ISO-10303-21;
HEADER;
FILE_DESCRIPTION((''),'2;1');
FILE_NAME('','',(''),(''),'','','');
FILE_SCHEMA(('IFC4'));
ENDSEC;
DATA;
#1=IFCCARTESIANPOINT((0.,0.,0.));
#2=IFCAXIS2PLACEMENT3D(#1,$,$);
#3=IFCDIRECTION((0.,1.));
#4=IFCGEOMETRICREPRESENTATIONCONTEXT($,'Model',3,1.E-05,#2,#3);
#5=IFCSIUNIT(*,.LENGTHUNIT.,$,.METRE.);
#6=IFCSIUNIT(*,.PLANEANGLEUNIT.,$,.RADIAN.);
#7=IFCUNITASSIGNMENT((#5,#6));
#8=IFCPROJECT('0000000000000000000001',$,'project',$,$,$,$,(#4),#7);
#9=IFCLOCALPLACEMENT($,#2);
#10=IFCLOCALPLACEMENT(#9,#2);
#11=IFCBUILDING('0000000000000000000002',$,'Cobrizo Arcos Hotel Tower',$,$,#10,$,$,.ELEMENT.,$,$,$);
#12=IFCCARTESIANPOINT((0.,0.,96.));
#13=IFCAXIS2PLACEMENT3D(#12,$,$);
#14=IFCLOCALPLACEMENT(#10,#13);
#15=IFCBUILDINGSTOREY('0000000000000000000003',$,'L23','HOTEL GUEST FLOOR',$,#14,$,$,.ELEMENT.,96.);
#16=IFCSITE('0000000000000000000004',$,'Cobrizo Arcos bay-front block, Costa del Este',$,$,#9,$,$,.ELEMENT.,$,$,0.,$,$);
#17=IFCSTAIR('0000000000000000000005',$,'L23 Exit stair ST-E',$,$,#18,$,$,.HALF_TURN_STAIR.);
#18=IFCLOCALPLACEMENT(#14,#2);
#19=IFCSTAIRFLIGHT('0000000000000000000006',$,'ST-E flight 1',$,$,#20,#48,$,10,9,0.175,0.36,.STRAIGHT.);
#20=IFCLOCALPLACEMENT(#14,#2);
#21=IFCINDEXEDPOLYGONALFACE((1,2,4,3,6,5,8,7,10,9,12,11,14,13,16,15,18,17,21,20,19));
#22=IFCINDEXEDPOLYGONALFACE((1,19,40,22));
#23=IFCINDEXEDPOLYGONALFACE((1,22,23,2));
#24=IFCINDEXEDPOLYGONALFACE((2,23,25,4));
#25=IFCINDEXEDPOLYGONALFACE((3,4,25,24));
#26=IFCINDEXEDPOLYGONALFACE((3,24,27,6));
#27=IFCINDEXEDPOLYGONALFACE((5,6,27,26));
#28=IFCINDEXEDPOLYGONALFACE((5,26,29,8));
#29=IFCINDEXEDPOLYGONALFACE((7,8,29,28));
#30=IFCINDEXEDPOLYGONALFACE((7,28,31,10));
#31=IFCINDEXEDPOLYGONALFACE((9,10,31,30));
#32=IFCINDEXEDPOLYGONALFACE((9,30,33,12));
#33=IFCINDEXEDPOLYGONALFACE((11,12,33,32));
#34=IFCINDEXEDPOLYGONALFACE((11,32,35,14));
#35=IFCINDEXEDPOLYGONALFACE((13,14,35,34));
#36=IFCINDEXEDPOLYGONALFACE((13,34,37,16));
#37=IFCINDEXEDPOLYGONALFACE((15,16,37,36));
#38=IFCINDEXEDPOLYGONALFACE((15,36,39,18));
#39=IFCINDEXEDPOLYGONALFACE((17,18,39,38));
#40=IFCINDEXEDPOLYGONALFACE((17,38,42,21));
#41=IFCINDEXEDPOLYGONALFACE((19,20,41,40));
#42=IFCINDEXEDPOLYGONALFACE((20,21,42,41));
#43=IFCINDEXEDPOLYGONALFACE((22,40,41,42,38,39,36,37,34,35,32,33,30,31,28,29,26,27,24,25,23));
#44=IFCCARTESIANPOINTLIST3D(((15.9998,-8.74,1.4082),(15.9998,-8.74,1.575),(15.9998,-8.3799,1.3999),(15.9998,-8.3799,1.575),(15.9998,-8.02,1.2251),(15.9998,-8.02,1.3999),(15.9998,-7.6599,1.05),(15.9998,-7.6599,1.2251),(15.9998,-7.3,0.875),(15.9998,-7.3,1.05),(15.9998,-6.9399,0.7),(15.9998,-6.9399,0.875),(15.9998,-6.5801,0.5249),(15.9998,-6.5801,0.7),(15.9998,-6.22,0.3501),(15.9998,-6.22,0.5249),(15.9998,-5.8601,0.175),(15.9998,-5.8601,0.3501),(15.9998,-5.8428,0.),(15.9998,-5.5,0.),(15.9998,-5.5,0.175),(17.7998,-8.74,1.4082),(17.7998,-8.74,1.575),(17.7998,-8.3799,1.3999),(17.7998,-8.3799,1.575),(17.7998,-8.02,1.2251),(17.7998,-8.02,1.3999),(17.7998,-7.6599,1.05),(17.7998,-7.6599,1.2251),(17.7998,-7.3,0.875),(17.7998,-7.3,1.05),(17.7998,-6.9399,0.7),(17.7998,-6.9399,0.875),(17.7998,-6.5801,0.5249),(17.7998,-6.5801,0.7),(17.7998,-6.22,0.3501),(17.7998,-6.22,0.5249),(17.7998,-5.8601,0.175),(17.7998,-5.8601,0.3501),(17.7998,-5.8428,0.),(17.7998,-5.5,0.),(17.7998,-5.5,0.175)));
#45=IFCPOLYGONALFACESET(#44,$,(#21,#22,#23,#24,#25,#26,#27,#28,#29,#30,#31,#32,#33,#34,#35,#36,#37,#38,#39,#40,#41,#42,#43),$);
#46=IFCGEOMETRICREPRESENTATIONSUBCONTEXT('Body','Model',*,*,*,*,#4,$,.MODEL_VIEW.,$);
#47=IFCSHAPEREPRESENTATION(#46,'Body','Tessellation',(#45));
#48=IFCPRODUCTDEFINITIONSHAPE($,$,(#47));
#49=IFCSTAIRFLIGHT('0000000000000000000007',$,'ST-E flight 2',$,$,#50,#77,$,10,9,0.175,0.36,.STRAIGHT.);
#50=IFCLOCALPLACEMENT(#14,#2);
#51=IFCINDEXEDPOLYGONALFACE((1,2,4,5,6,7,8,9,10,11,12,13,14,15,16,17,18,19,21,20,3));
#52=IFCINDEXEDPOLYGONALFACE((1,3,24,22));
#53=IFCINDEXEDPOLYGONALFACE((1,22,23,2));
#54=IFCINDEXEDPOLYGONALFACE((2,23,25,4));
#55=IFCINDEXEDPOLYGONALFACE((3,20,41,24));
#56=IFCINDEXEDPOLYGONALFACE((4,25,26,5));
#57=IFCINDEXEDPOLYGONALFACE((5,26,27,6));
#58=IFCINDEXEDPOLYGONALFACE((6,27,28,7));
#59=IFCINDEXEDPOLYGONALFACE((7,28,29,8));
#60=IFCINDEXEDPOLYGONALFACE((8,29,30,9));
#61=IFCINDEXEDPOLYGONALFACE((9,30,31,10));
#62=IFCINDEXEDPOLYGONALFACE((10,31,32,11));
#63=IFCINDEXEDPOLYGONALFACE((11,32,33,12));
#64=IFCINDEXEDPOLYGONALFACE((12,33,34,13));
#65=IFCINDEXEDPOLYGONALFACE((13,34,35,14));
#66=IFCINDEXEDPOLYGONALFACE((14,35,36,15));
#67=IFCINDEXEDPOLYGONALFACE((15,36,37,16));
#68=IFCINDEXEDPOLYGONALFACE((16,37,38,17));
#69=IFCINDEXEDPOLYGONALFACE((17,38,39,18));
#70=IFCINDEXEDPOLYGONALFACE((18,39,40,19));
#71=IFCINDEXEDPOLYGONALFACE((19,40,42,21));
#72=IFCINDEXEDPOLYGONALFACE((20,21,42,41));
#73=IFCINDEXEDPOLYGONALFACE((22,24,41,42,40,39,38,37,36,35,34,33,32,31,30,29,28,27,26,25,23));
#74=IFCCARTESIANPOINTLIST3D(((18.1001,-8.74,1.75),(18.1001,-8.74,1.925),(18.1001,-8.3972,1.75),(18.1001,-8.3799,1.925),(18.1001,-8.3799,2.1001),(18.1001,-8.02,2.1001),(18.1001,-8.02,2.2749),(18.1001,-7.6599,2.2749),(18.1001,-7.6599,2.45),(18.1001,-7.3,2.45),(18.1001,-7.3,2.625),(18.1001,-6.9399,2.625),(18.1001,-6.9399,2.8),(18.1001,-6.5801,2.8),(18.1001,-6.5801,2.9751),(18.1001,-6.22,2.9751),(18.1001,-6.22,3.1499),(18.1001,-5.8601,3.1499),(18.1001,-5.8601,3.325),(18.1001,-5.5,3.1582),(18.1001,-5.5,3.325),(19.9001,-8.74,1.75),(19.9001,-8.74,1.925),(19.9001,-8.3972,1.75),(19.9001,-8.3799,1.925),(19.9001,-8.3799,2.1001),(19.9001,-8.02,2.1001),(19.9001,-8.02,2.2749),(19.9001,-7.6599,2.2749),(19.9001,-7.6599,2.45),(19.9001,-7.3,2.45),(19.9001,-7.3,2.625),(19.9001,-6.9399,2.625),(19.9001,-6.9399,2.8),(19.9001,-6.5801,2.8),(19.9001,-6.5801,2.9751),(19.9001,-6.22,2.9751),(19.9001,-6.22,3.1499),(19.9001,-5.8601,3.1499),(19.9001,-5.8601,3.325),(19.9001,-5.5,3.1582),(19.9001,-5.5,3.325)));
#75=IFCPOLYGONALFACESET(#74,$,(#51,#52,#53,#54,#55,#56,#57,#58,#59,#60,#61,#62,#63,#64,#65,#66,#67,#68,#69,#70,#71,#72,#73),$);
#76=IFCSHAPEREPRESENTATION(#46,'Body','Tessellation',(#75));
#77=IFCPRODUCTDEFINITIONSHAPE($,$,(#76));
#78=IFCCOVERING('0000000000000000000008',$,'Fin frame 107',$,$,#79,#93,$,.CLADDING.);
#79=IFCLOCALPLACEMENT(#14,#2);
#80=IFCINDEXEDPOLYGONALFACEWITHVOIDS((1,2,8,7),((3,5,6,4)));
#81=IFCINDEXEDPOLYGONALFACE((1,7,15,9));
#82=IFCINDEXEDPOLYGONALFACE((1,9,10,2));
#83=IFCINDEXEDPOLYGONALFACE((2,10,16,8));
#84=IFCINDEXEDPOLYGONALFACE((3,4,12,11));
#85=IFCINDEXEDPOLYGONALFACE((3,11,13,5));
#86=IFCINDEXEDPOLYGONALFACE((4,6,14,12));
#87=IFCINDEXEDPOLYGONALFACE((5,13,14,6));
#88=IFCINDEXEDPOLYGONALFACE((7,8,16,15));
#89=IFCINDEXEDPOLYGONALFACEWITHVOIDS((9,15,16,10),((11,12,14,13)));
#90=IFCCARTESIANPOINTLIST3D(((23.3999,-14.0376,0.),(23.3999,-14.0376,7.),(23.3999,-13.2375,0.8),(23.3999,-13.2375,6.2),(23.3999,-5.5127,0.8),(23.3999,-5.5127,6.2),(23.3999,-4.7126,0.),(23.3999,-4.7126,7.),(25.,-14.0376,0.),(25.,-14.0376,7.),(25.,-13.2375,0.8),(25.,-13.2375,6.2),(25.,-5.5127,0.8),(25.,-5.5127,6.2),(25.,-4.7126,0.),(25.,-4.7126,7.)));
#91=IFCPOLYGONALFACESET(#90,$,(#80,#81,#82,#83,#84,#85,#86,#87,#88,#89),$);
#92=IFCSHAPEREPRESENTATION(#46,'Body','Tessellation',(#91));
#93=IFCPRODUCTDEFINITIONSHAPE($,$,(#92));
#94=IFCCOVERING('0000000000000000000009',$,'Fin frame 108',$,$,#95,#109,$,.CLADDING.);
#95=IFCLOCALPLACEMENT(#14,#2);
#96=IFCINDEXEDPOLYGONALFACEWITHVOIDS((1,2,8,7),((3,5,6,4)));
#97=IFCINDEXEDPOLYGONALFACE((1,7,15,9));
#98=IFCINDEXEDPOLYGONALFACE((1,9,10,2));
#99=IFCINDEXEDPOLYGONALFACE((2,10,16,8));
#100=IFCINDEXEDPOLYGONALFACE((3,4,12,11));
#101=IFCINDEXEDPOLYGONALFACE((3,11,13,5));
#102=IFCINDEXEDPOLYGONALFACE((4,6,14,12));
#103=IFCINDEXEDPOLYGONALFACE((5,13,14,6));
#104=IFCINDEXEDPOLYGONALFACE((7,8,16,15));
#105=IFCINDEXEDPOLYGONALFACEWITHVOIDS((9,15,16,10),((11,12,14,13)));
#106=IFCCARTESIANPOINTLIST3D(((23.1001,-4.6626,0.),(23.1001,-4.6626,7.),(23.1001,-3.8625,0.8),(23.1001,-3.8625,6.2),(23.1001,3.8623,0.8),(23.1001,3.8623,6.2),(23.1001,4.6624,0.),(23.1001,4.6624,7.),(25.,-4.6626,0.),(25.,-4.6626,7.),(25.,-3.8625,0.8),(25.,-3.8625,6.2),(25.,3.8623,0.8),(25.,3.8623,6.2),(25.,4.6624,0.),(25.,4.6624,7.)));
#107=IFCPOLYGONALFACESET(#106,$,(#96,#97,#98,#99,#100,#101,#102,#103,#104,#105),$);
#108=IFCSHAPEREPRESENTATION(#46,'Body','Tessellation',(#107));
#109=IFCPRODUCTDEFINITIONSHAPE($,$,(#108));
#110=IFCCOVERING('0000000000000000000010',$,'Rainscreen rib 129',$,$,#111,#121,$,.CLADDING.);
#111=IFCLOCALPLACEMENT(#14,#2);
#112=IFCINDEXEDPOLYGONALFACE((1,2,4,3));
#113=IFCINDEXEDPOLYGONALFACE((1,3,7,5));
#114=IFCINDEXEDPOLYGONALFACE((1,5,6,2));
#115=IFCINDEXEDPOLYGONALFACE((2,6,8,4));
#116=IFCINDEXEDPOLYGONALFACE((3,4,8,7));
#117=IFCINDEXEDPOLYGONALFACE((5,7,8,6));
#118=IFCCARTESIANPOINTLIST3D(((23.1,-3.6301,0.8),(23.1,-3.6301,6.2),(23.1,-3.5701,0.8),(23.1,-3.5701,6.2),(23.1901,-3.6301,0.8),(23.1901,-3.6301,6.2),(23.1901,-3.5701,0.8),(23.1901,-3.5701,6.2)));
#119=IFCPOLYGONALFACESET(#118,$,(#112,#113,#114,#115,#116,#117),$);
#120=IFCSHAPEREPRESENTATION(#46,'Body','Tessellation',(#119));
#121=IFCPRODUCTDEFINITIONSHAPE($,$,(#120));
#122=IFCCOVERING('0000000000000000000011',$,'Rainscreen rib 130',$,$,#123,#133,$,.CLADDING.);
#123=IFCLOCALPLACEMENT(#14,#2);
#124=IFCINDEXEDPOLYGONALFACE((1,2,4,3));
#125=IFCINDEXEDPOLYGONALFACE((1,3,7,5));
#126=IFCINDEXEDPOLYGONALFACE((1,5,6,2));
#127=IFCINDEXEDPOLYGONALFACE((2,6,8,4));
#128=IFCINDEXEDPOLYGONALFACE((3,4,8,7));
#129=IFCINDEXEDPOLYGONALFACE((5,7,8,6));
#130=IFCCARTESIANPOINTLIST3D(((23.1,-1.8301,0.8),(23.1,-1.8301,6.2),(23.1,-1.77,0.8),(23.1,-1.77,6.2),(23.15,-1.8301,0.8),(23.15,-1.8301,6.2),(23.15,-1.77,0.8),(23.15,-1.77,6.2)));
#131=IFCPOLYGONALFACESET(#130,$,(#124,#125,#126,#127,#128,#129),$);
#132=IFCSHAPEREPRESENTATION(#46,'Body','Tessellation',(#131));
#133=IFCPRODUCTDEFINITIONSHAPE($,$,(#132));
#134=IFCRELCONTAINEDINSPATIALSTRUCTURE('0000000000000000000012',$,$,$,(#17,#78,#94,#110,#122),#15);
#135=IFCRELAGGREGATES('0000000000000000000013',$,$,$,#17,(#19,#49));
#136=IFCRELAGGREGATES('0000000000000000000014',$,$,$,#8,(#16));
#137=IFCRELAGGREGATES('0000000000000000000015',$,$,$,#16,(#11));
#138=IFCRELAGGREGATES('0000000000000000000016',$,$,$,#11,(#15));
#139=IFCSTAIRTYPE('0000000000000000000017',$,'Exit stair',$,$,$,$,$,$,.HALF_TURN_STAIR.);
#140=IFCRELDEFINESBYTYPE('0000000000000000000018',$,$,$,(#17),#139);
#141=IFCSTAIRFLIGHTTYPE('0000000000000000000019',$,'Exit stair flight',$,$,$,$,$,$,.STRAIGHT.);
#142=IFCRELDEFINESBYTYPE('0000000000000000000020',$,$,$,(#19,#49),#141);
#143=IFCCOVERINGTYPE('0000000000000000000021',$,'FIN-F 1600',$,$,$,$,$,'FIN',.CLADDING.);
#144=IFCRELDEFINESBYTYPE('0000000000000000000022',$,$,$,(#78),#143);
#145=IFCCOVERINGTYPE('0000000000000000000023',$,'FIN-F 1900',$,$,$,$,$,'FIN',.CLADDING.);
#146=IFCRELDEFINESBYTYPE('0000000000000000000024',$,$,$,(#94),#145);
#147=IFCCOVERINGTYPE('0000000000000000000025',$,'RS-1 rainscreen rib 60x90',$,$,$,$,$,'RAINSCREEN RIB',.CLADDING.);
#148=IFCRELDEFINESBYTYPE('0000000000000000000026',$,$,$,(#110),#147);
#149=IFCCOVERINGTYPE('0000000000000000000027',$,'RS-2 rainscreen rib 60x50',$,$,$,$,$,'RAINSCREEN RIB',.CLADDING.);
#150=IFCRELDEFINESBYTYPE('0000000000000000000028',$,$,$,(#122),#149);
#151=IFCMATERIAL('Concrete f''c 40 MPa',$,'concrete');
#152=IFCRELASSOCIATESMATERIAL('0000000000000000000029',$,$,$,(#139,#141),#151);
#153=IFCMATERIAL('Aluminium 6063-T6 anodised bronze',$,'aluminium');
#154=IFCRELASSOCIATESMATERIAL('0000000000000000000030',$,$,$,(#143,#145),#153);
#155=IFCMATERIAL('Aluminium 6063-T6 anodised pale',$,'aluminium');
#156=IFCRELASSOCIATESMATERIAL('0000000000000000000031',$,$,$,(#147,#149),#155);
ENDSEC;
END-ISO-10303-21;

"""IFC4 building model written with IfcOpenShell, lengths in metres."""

from ifc_helpers import new_model, si_unit, direction, frame, origin, origin_2d, place, context, subcontext, project, spatial, polyline, rectangle, outline, extrude, material, type_object, element, aggregate, save


model = new_model("IFC4")

# Units and contexts
model_context = context("Model", 3, precision=1e-05, world=origin(), true_north=direction((0.0, 1.0)))
body_context = subcontext(model_context, "Body", "Model", "MODEL_VIEW")
ifc_project = project(units=[si_unit("LENGTHUNIT", "METRE"), si_unit("PLANEANGLEUNIT", "RADIAN")], contexts=[model_context])

# Site, building, storey
site_placement = place(None, origin())
site = spatial("IfcSite", under=ifc_project, at=site_placement, Name="Cobrizo Arcos bay-front block, Costa del Este", CompositionType="ELEMENT", RefElevation=0.0)
building_placement = place(site_placement, origin())
building = spatial("IfcBuilding", under=site, at=building_placement, Name="Cobrizo Arcos Hotel Tower", CompositionType="ELEMENT")
storey_placement = place(building_placement, frame((0.0, 0.0, 96.0)))
storey = spatial("IfcBuildingStorey", under=building, at=storey_placement, Name="L23", Description="HOTEL GUEST FLOOR", CompositionType="ELEMENT", Elevation=96.0)

# Shared definitions
ifc_material_1 = material(Name="Aluminium 6063-T6 anodised bronze", Category="aluminium")

# Shared definitions
ifc_material_2 = material(Name="Concrete f'c 40 MPa", Category="concrete")

# Stair, stair flights
stair_type = type_object("IfcStairType", Name="Exit stair", PredefinedType="HALF_TURN_STAIR", material=ifc_material_2)
stair_placement = place(storey_placement, origin())
stair = element("IfcStair", 1, at=stair_placement, inside=storey, type_object=stair_type, Name="L23 Exit stair ST-E", PredefinedType="HALF_TURN_STAIR")
stair_flight_type = type_object("IfcStairFlightType", Name="Exit stair flight", PredefinedType="STRAIGHT", material=ifc_material_2)
stair_flight_1_placement = place(storey_placement, frame((16.8999, -5.5, 0.0), z_axis=(0.0, 0.0, 1.0), x_axis=(0.0, -1.0, 0.0)))
stair_flight_1 = element("IfcStairFlight", 2, at=stair_flight_1_placement, type_object=stair_flight_type, Name="ST-E flight 1", NumberOfRisers=10, NumberOfTreads=9, PredefinedType="STRAIGHT", RiserHeight=0.175, TreadLength=0.36, context=body_context, shape_type="SweptSolid", body=[
    extrude(outline(polyline([(0.0, 0.0), (0.0, 0.175), (0.3601, 0.175), (0.3601, 0.3501), (0.72, 0.3501), (0.72, 0.5249), (1.0801, 0.5249), (1.0801, 0.7), (1.4399, 0.7), (1.4399, 0.875), (1.8, 0.875), (1.8, 1.05), (2.1599, 1.05), (2.1599, 1.2251), (2.52, 1.2251), (2.52, 1.3999), (2.8799, 1.3999), (2.8799, 1.575), (3.24, 1.575), (3.24, 1.75), (3.24, 1.4082), (0.3428, 0.0), (0.0, 0.0)])), frame((0.0, 0.8999, 0.0), z_axis=(0.0, -1.0, 0.0), x_axis=(1.0, 0.0, 0.0)), (0.0, 0.0, 1.0), 1.8),
])
stair_flight_2_placement = place(storey_placement, frame((19.0, -8.74, 1.75), z_axis=(0.0, 0.0, 1.0), x_axis=(0.0, 1.0, 0.0)))
stair_flight_2 = element("IfcStairFlight", 3, at=stair_flight_2_placement, type_object=stair_flight_type, Name="ST-E flight 2", NumberOfRisers=10, NumberOfTreads=9, PredefinedType="STRAIGHT", RiserHeight=0.175, TreadLength=0.36, context=body_context, shape_type="SweptSolid", body=[
    extrude(outline(polyline([(0.0, 0.0), (0.0, 0.175), (0.3601, 0.175), (0.3601, 0.3501), (0.72, 0.3501), (0.72, 0.5249), (1.0801, 0.5249), (1.0801, 0.7), (1.4399, 0.7), (1.4399, 0.875), (1.8, 0.875), (1.8, 1.05), (2.1599, 1.05), (2.1599, 1.2251), (2.52, 1.2251), (2.52, 1.3999), (2.8799, 1.3999), (2.8799, 1.575), (3.24, 1.575), (3.24, 1.75), (3.24, 1.4082), (0.3428, 0.0), (0.0, 0.0)])), frame((0.0, 0.8999, 0.0), z_axis=(0.0, -1.0, 0.0), x_axis=(1.0, 0.0, 0.0)), (0.0, 0.0, 1.0), 1.8),
])
aggregate(stair, [stair_flight_1, stair_flight_2])

# Coverings
covering_type_1 = type_object("IfcCoveringType", Name="FIN-F 1600", ElementType="FIN", PredefinedType="CLADDING", material=ifc_material_1)
covering_1_placement = place(storey_placement, frame((23.3999, -14.0376, 0.0), z_axis=(1.0, 0.0, 0.0), x_axis=(0.0, 1.0, 0.0)))
element("IfcCovering", 4, at=covering_1_placement, inside=storey, type_object=covering_type_1, Name="Fin frame 107", PredefinedType="CLADDING", context=body_context, shape_type="SweptSolid", body=[
    extrude(outline(polyline([(0.0, 7.0), (0.0, 0.0), (9.325, 0.0), (9.325, 7.0), (0.0, 7.0)]), holes=[polyline([(8.5249, 0.8), (0.8, 0.8), (0.8, 6.2), (8.5249, 6.2), (8.5249, 0.8)])]), origin(), (0.0, 0.0, 1.0), 1.6001),
])
covering_type_2 = type_object("IfcCoveringType", Name="FIN-F 1900", ElementType="FIN", PredefinedType="CLADDING", material=ifc_material_1)
covering_2_placement = place(storey_placement, frame((23.1001, -4.6626, 0.0), z_axis=(1.0, 0.0, 0.0), x_axis=(0.0, 1.0, 0.0)))
element("IfcCovering", 5, at=covering_2_placement, inside=storey, type_object=covering_type_2, Name="Fin frame 108", PredefinedType="CLADDING", context=body_context, shape_type="SweptSolid", body=[
    extrude(outline(polyline([(0.0, 7.0), (0.0, 0.0), (9.325, 0.0), (9.325, 7.0), (0.0, 7.0)]), holes=[polyline([(8.5249, 0.8), (0.8, 0.8), (0.8, 6.2), (8.5249, 6.2), (8.5249, 0.8)])]), origin(), (0.0, 0.0, 1.0), 1.8999),
])
ifc_material_3 = material(Name="Aluminium 6063-T6 anodised pale", Category="aluminium")
covering_type_3 = type_object("IfcCoveringType", Name="RS-1 rainscreen rib 60x90", ElementType="RAINSCREEN RIB", PredefinedType="CLADDING", material=ifc_material_3)
covering_3_placement = place(storey_placement, frame((23.145, -3.6001, 0.8), z_axis=(0.0, 0.0, 1.0), x_axis=(0.0, 1.0, 0.0)))
element("IfcCovering", 6, at=covering_3_placement, inside=storey, type_object=covering_type_3, Name="Rainscreen rib 129", PredefinedType="CLADDING", context=body_context, shape_type="SweptSolid", body=[
    extrude(rectangle(XDim=0.0601, YDim=0.0901, at=origin_2d()), origin(), (0.0, 0.0, 1.0), 5.3999),
])
covering_type_4 = type_object("IfcCoveringType", Name="RS-2 rainscreen rib 60x50", ElementType="RAINSCREEN RIB", PredefinedType="CLADDING", material=ifc_material_3)
covering_4_placement = place(storey_placement, frame((23.125, -1.8, 0.8), z_axis=(0.0, 0.0, 1.0), x_axis=(0.0, 1.0, 0.0)))
element("IfcCovering", 7, at=covering_4_placement, inside=storey, type_object=covering_type_4, Name="Rainscreen rib 130", PredefinedType="CLADDING", context=body_context, shape_type="SweptSolid", body=[
    extrude(rectangle(XDim=0.0601, YDim=0.05, at=origin_2d()), origin(), (0.0, 0.0, 1.0), 5.3999),
])

save(model, "model.ifc")
